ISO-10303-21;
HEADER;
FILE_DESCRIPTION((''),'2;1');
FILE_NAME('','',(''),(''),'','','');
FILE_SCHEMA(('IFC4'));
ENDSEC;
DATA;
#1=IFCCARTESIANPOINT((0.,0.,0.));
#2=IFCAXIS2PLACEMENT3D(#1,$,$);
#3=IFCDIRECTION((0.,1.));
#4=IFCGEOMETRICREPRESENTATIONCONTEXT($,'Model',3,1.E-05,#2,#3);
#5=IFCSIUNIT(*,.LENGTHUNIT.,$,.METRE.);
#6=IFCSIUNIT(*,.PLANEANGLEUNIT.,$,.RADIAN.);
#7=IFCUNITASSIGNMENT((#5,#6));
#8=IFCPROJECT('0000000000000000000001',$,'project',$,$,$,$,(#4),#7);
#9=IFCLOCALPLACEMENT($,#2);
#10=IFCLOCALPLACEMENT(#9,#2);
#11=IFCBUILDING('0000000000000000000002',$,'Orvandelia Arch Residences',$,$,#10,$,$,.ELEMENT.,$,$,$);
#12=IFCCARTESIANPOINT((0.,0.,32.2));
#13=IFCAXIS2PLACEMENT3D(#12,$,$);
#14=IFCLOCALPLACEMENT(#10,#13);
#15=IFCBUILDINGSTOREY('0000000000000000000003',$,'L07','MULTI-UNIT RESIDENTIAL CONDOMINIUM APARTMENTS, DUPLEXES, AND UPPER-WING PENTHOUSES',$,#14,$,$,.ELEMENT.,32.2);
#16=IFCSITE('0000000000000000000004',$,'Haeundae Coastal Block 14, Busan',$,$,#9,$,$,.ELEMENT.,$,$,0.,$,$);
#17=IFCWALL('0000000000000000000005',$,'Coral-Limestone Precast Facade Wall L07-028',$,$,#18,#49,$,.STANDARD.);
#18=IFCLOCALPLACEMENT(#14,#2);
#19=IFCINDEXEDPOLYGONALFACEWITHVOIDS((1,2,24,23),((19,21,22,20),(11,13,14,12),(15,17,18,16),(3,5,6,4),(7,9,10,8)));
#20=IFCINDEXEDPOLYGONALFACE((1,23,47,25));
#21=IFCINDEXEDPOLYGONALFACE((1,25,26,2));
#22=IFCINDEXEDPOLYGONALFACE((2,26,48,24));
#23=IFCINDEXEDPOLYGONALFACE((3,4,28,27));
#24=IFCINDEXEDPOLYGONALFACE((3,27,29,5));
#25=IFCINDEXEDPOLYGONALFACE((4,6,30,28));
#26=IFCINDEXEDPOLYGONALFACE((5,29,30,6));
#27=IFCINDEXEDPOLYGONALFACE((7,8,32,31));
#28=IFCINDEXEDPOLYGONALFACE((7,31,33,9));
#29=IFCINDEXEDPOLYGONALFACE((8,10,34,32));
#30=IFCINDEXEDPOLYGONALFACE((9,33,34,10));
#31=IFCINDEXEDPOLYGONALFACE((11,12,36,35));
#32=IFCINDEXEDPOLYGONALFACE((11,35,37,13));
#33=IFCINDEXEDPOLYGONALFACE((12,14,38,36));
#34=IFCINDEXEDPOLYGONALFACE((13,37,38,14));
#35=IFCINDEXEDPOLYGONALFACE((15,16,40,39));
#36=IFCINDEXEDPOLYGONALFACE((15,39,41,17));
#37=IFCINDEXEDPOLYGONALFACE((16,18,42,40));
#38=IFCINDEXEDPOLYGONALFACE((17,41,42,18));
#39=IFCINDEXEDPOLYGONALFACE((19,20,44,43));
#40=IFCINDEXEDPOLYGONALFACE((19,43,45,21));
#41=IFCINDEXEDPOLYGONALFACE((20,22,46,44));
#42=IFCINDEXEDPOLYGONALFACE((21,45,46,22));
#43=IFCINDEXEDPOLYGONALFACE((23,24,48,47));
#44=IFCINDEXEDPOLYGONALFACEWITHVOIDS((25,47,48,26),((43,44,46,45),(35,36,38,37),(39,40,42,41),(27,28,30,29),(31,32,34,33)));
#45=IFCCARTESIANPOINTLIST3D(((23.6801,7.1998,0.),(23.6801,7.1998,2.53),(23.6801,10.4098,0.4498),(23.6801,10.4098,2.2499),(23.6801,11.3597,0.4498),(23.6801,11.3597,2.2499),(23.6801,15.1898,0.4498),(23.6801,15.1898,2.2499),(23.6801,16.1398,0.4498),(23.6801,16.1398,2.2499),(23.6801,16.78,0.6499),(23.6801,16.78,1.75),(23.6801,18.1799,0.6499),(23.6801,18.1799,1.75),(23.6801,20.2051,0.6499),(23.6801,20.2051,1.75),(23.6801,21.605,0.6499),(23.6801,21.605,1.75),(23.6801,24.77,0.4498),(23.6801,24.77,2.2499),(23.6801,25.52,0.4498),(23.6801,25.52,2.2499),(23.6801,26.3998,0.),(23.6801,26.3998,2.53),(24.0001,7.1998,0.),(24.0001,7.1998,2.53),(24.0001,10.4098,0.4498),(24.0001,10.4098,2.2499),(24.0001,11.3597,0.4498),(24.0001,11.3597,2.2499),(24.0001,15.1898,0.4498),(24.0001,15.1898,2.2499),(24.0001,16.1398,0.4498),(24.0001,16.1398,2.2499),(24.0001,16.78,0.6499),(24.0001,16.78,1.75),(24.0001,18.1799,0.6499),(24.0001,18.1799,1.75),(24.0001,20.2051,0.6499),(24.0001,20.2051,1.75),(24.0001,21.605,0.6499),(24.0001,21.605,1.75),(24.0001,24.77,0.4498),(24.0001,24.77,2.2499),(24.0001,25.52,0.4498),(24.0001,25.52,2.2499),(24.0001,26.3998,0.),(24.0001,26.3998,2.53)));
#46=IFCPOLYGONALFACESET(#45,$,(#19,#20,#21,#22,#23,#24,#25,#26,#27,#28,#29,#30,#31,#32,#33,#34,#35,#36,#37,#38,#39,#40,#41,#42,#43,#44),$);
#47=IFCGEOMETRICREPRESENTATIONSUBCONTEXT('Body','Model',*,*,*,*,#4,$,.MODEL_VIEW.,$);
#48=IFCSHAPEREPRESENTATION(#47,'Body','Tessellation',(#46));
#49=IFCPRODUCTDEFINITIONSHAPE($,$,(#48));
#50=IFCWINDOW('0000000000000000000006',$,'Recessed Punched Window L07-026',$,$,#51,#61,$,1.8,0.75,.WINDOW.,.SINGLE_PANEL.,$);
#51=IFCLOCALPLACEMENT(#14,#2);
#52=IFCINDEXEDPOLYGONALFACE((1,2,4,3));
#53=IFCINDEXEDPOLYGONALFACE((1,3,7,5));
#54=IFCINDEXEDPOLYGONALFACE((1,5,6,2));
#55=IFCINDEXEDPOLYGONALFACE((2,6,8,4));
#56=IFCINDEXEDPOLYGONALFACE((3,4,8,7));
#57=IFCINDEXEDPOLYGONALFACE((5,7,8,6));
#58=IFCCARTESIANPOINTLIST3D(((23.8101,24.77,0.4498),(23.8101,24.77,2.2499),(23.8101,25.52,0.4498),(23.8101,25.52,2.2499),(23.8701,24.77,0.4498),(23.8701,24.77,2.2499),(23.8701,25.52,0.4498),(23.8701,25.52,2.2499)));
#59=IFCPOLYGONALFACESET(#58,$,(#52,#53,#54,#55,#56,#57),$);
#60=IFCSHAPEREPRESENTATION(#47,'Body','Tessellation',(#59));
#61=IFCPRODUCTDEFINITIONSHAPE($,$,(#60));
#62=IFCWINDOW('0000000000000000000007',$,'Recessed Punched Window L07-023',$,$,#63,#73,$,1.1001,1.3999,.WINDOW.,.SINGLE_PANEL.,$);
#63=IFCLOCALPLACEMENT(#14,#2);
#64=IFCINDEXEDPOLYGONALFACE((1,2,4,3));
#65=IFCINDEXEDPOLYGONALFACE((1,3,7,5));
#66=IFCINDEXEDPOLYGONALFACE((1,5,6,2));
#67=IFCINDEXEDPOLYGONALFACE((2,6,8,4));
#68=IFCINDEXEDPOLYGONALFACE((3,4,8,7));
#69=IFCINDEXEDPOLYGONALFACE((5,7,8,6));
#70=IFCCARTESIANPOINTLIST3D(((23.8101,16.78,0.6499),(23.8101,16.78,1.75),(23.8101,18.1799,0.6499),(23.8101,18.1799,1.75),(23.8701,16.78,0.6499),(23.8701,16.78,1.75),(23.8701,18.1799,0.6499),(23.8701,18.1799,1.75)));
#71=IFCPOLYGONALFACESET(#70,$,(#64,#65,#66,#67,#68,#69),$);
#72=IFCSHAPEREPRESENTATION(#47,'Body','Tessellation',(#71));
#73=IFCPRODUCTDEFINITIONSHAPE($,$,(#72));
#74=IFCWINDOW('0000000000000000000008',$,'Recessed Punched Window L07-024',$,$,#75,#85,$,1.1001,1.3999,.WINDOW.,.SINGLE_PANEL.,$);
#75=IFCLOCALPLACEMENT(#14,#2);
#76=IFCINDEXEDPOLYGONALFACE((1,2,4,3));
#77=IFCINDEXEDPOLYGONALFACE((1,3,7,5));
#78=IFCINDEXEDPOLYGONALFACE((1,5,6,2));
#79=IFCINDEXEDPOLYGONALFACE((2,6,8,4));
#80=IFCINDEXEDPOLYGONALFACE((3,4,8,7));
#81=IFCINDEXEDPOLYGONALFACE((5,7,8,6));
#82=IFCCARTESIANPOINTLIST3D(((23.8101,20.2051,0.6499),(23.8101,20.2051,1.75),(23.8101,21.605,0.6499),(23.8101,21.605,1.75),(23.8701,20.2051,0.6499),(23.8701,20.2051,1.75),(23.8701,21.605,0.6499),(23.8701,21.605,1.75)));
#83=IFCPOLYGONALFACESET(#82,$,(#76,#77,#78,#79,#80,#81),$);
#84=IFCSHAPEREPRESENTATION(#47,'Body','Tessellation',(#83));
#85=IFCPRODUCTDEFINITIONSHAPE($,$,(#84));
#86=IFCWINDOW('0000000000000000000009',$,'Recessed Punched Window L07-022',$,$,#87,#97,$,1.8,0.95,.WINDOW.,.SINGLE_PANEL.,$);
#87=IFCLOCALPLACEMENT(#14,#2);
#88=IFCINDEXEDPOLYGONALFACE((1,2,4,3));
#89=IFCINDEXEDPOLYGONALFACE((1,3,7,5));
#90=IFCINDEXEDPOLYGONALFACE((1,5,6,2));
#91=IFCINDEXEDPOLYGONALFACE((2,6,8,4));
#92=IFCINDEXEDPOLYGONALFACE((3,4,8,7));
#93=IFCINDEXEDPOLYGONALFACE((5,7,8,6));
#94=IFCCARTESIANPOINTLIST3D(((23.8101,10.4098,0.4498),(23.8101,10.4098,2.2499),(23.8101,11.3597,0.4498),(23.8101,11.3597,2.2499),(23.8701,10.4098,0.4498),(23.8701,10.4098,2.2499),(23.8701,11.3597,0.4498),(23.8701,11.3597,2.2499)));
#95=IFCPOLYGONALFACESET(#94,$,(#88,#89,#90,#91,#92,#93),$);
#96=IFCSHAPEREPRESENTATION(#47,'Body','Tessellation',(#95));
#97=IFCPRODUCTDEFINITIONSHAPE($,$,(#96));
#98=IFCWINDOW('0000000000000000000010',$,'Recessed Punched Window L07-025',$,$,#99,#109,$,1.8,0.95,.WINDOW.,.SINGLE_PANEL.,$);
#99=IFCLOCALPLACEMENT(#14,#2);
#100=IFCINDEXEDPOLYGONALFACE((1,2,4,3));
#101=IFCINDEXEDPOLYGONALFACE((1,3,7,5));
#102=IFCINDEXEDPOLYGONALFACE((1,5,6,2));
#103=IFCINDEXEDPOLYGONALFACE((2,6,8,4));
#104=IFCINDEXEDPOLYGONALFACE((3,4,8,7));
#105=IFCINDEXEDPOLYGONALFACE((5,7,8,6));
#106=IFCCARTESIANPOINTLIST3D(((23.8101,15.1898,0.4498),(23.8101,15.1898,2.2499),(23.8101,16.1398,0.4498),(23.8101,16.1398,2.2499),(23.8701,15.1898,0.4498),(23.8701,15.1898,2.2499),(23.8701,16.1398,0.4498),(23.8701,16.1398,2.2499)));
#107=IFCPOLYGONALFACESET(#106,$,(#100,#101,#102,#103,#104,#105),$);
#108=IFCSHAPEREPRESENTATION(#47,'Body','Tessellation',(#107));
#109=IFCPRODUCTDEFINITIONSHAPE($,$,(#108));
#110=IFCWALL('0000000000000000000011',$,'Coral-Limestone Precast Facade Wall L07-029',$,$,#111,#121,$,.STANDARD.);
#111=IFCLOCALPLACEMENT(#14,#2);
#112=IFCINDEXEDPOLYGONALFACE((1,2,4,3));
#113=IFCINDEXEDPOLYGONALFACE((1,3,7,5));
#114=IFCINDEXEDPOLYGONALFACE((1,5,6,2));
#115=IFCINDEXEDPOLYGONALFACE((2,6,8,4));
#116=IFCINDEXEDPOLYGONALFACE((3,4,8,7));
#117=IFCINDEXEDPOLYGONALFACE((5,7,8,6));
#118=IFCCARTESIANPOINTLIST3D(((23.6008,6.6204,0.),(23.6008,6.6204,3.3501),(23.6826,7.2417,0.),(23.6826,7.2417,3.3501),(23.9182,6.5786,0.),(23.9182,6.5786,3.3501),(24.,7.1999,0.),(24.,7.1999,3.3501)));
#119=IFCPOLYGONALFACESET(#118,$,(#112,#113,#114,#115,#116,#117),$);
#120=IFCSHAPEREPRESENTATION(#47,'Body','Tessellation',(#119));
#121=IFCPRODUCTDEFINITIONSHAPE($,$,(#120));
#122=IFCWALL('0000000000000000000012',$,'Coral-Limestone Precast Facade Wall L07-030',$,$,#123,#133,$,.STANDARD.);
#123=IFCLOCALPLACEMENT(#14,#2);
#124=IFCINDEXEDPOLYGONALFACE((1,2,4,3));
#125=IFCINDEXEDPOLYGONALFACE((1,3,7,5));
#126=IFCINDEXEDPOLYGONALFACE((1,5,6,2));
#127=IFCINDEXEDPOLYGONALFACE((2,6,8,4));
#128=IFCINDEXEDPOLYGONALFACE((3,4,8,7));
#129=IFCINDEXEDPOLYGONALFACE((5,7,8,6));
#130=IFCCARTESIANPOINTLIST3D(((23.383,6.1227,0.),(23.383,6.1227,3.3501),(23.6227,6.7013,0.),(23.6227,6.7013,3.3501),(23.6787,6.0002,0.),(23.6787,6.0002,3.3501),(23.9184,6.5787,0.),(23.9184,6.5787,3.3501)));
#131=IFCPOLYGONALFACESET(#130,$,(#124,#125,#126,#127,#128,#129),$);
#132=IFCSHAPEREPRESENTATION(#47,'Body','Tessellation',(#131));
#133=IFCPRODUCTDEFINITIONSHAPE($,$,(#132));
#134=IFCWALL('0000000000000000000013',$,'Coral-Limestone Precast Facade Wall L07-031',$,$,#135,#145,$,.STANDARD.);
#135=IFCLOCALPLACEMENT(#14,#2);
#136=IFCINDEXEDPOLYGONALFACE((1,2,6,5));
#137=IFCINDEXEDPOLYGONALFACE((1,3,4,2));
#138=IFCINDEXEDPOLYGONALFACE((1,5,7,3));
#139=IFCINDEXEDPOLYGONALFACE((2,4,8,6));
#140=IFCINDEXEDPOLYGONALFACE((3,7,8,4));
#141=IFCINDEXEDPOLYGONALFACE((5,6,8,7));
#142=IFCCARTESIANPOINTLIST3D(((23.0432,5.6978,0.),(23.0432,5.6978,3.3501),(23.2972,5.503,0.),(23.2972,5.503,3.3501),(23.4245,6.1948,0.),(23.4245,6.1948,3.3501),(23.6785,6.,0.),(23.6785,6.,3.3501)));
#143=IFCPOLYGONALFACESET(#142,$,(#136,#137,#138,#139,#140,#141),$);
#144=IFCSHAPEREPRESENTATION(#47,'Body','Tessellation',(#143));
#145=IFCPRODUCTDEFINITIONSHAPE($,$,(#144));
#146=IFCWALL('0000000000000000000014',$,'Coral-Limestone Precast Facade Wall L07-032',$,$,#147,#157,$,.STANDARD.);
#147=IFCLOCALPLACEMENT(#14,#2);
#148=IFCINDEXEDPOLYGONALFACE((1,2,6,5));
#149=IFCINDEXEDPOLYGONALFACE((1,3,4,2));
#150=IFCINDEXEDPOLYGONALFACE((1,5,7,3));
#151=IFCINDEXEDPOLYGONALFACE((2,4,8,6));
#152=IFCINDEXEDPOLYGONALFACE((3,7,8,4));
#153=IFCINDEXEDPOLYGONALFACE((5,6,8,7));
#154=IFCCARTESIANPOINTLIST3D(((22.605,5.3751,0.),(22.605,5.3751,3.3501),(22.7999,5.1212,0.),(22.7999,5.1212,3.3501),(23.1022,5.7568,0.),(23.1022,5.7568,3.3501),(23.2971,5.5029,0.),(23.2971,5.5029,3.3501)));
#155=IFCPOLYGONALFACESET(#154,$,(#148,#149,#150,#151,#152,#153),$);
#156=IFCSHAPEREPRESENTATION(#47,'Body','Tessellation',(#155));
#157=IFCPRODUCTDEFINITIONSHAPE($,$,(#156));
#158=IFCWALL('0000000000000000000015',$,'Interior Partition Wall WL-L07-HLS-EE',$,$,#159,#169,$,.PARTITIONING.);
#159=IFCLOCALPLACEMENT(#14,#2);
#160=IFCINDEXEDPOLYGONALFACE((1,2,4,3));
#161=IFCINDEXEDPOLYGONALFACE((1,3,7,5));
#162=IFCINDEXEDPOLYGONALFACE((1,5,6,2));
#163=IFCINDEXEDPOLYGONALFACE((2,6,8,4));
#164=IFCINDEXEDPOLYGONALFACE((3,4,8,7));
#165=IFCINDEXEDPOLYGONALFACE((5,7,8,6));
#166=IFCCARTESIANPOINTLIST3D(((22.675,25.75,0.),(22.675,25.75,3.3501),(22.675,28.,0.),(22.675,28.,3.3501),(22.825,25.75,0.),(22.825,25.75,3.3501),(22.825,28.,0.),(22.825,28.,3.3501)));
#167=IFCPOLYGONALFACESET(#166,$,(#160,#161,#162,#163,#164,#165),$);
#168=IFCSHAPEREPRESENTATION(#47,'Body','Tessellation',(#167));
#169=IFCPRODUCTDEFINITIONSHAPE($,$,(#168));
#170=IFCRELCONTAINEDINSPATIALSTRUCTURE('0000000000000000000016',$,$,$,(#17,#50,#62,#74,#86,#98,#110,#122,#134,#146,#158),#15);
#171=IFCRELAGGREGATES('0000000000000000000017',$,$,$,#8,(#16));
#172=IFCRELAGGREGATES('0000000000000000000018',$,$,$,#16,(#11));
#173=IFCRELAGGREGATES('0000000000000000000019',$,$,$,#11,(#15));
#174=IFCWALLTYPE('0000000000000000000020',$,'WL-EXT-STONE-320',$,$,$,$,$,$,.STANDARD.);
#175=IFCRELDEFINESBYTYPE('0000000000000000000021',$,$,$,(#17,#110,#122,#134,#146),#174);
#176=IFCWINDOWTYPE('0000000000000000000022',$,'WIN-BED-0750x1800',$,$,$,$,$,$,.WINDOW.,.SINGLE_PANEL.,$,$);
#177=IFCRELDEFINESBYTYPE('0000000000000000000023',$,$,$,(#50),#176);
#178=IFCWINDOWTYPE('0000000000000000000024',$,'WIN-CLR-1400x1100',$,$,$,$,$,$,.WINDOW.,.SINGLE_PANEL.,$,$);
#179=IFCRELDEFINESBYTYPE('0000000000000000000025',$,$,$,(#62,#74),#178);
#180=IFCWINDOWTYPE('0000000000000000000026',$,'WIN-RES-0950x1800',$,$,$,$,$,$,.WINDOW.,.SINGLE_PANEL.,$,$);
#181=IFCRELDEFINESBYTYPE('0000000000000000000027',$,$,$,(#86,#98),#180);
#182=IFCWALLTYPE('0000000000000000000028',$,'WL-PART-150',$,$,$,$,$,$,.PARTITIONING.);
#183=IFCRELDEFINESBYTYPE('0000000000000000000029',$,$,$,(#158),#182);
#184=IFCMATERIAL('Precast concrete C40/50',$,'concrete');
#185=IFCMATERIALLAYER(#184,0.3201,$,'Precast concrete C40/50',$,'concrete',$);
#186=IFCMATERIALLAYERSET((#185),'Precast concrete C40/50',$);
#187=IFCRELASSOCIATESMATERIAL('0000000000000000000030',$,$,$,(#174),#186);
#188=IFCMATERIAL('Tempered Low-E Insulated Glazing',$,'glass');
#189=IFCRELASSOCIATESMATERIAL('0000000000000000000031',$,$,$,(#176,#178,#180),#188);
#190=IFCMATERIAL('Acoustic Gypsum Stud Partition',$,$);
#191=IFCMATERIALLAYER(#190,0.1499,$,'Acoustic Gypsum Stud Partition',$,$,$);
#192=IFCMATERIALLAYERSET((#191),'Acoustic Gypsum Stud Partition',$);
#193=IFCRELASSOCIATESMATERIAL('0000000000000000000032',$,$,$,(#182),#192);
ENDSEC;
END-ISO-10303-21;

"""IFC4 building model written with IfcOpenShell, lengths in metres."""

from ifc_helpers import new_model, si_unit, direction, frame, frame_2d, origin, place, context, subcontext, project, spatial, rectangle, extrude, material, layer, layer_set, type_object, element, fill, save


model = new_model("IFC4")

# Units and contexts
model_context = context("Model", 3, precision=1e-05, world=origin(), true_north=direction((0.0, 1.0)))
body_context = subcontext(model_context, "Body", "Model", "MODEL_VIEW")
ifc_project = project(units=[si_unit("LENGTHUNIT", "METRE"), si_unit("PLANEANGLEUNIT", "RADIAN")], contexts=[model_context])

# Site, building, storey
site_placement = place(None, origin())
site = spatial("IfcSite", under=ifc_project, at=site_placement, Name="Haeundae Coastal Block 14, Busan", CompositionType="ELEMENT", RefElevation=0.0)
building_placement = place(site_placement, origin())
building = spatial("IfcBuilding", under=site, at=building_placement, Name="Orvandelia Arch Residences", CompositionType="ELEMENT")
storey_placement = place(building_placement, frame((0.0, 0.0, 32.2)))
storey = spatial("IfcBuildingStorey", under=building, at=storey_placement, Name="L07", Description="MULTI-UNIT RESIDENTIAL CONDOMINIUM APARTMENTS, DUPLEXES, AND UPPER-WING PENTHOUSES", CompositionType="ELEMENT", Elevation=32.2)

# Shared definitions
ifc_material_1 = material(Name="Precast concrete C40/50", Category="concrete")
ifc_layer_1 = layer(ifc_material_1, 0.3201, Name="Precast concrete C40/50", Category="concrete")
ifc_layer_set_1 = layer_set([ifc_layer_1], Name="Precast concrete C40/50")
wall_type_1 = type_object("IfcWallType", Name="WL-EXT-STONE-320", PredefinedType="STANDARD", material=ifc_layer_set_1)

# Wall, openings, windows
wall_1_placement = place(storey_placement, frame((23.8401, 26.3999, 0.0), z_axis=(0.0, 0.0, 1.0), x_axis=(0.0, -1.0, 0.0)))
wall_1 = element("IfcWall", 1, at=wall_1_placement, inside=storey, type_object=wall_type_1, Name="Coral-Limestone Precast Facade Wall L07-028", PredefinedType="STANDARD", context=body_context, shape_type="SweptSolid", body=[
    extrude(rectangle(XDim=19.2, YDim=0.3201, at=frame_2d((9.6001, 0.0))), origin(), (0.0, 0.0, 1.0), 2.53),
])
opening_1_placement = place(wall_1_placement, frame((15.04, 0.0, 0.45)))
opening_1 = element("IfcOpeningElement", 2, at=opening_1_placement, cuts=wall_1, PredefinedType="OPENING", context=body_context, shape_type="SweptSolid", body=[
    extrude(rectangle(XDim=0.95, YDim=1.8, at=frame_2d((0.4751, 0.8999))), frame((0.0, 0.1699, 0.0), z_axis=(0.0, -1.0, 0.0), x_axis=(1.0, 0.0, 0.0)), (0.0, 0.0, 1.0), 0.3401),
])
opening_2_placement = place(wall_1_placement, frame((8.22, 0.0, 0.6499)))
opening_2 = element("IfcOpeningElement", 3, at=opening_2_placement, cuts=wall_1, PredefinedType="OPENING", context=body_context, shape_type="SweptSolid", body=[
    extrude(rectangle(XDim=1.3999, YDim=1.1001, at=frame_2d((0.7, 0.55))), frame((0.0, 0.1699, 0.0), z_axis=(0.0, -1.0, 0.0), x_axis=(1.0, 0.0, 0.0)), (0.0, 0.0, 1.0), 0.3401),
])
opening_3_placement = place(wall_1_placement, frame((4.7949, 0.0, 0.6499)))
opening_3 = element("IfcOpeningElement", 4, at=opening_3_placement, cuts=wall_1, PredefinedType="OPENING", context=body_context, shape_type="SweptSolid", body=[
    extrude(rectangle(XDim=1.3999, YDim=1.1001, at=frame_2d((0.7, 0.55))), frame((0.0, 0.1699, 0.0), z_axis=(0.0, -1.0, 0.0), x_axis=(1.0, 0.0, 0.0)), (0.0, 0.0, 1.0), 0.3401),
])
opening_4_placement = place(wall_1_placement, frame((10.26, 0.0, 0.45)))
opening_4 = element("IfcOpeningElement", 5, at=opening_4_placement, cuts=wall_1, PredefinedType="OPENING", context=body_context, shape_type="SweptSolid", body=[
    extrude(rectangle(XDim=0.95, YDim=1.8, at=frame_2d((0.4751, 0.8999))), frame((0.0, 0.1699, 0.0), z_axis=(0.0, -1.0, 0.0), x_axis=(1.0, 0.0, 0.0)), (0.0, 0.0, 1.0), 0.3401),
])
opening_5_placement = place(wall_1_placement, frame((0.8799, 0.0, 0.45)))
opening_5 = element("IfcOpeningElement", 6, at=opening_5_placement, cuts=wall_1, PredefinedType="OPENING", context=body_context, shape_type="SweptSolid", body=[
    extrude(rectangle(XDim=0.75, YDim=1.8, at=frame_2d((0.375, 0.8999))), frame((0.0, 0.1699, 0.0), z_axis=(0.0, -1.0, 0.0), x_axis=(1.0, 0.0, 0.0)), (0.0, 0.0, 1.0), 0.3401),
])
ifc_material_2 = material(Name="Tempered Low-E Insulated Glazing", Category="glass")
window_type_1 = type_object("IfcWindowType", Name="WIN-BED-0750x1800", PartitioningType="SINGLE_PANEL", PredefinedType="WINDOW", material=ifc_material_2)
window_1_placement = place(opening_5_placement, origin())
window_1 = element("IfcWindow", 7, at=window_1_placement, inside=storey, type_object=window_type_1, Name="Recessed Punched Window L07-026", OverallHeight=1.8, OverallWidth=0.75, PartitioningType="SINGLE_PANEL", PredefinedType="WINDOW", context=body_context, shape_type="SweptSolid", body=[
    extrude(rectangle(XDim=0.75, YDim=1.8, at=frame_2d((0.375, 0.8999))), frame((0.0, 0.03, 0.0), z_axis=(0.0, -1.0, 0.0), x_axis=(1.0, 0.0, 0.0)), (0.0, 0.0, 1.0), 0.0601),
])
fill(opening_5, window_1)
window_type_2 = type_object("IfcWindowType", Name="WIN-CLR-1400x1100", PartitioningType="SINGLE_PANEL", PredefinedType="WINDOW", material=ifc_material_2)
window_2_placement = place(opening_2_placement, origin())
window_2 = element("IfcWindow", 8, at=window_2_placement, inside=storey, type_object=window_type_2, Name="Recessed Punched Window L07-023", OverallHeight=1.1001, OverallWidth=1.3999, PartitioningType="SINGLE_PANEL", PredefinedType="WINDOW", context=body_context, shape_type="SweptSolid", body=[
    extrude(rectangle(XDim=1.3999, YDim=1.1001, at=frame_2d((0.7, 0.55))), frame((0.0, 0.03, 0.0), z_axis=(0.0, -1.0, 0.0), x_axis=(1.0, 0.0, 0.0)), (0.0, 0.0, 1.0), 0.0601),
])
fill(opening_2, window_2)
window_3_placement = place(opening_3_placement, origin())
window_3 = element("IfcWindow", 9, at=window_3_placement, inside=storey, type_object=window_type_2, Name="Recessed Punched Window L07-024", OverallHeight=1.1001, OverallWidth=1.3999, PartitioningType="SINGLE_PANEL", PredefinedType="WINDOW", context=body_context, shape_type="SweptSolid", body=[
    extrude(rectangle(XDim=1.3999, YDim=1.1001, at=frame_2d((0.7, 0.55))), frame((0.0, 0.03, 0.0), z_axis=(0.0, -1.0, 0.0), x_axis=(1.0, 0.0, 0.0)), (0.0, 0.0, 1.0), 0.0601),
])
fill(opening_3, window_3)
window_type_3 = type_object("IfcWindowType", Name="WIN-RES-0950x1800", PartitioningType="SINGLE_PANEL", PredefinedType="WINDOW", material=ifc_material_2)
window_4_placement = place(opening_1_placement, origin())
window_4 = element("IfcWindow", 10, at=window_4_placement, inside=storey, type_object=window_type_3, Name="Recessed Punched Window L07-022", OverallHeight=1.8, OverallWidth=0.95, PartitioningType="SINGLE_PANEL", PredefinedType="WINDOW", context=body_context, shape_type="SweptSolid", body=[
    extrude(rectangle(XDim=0.95, YDim=1.8, at=frame_2d((0.4751, 0.8999))), frame((0.0, 0.03, 0.0), z_axis=(0.0, -1.0, 0.0), x_axis=(1.0, 0.0, 0.0)), (0.0, 0.0, 1.0), 0.0601),
])
fill(opening_1, window_4)
window_5_placement = place(opening_4_placement, origin())
window_5 = element("IfcWindow", 11, at=window_5_placement, inside=storey, type_object=window_type_3, Name="Recessed Punched Window L07-025", OverallHeight=1.8, OverallWidth=0.95, PartitioningType="SINGLE_PANEL", PredefinedType="WINDOW", context=body_context, shape_type="SweptSolid", body=[
    extrude(rectangle(XDim=0.95, YDim=1.8, at=frame_2d((0.4751, 0.8999))), frame((0.0, 0.03, 0.0), z_axis=(0.0, -1.0, 0.0), x_axis=(1.0, 0.0, 0.0)), (0.0, 0.0, 1.0), 0.0601),
])
fill(opening_4, window_5)

# Walls
wall_2_placement = place(storey_placement, frame((23.8413, 7.2209, 0.0), z_axis=(0.0, 0.0, 1.0), x_axis=(-0.130505, -0.991448, 0.0)))
element("IfcWall", 12, at=wall_2_placement, inside=storey, type_object=wall_type_1, Name="Coral-Limestone Precast Facade Wall L07-029", PredefinedType="STANDARD", context=body_context, shape_type="SweptSolid", body=[
    extrude(rectangle(XDim=0.6267, YDim=0.3201, at=frame_2d((0.3135, 0.0))), origin(), (0.0, 0.0, 1.0), 3.3501),
])
wall_3_placement = place(storey_placement, frame((23.7705, 6.6399, 0.0), z_axis=(0.0, 0.0, 1.0), x_axis=(-0.382788, -0.923836, 0.0)))
element("IfcWall", 13, at=wall_3_placement, inside=storey, type_object=wall_type_1, Name="Coral-Limestone Precast Facade Wall L07-030", PredefinedType="STANDARD", context=body_context, shape_type="SweptSolid", body=[
    extrude(rectangle(XDim=0.6262, YDim=0.3201, at=frame_2d((0.313, 0.0))), origin(), (0.0, 0.0, 1.0), 3.3501),
])
wall_4_placement = place(storey_placement, frame((23.5515, 6.0974, 0.0), z_axis=(0.0, 0.0, 1.0), x_axis=(-0.608693, -0.793406, 0.0)))
element("IfcWall", 14, at=wall_4_placement, inside=storey, type_object=wall_type_1, Name="Coral-Limestone Precast Facade Wall L07-031", PredefinedType="STANDARD", context=body_context, shape_type="SweptSolid", body=[
    extrude(rectangle(XDim=0.6265, YDim=0.3201, at=frame_2d((0.3132, 0.0))), origin(), (0.0, 0.0, 1.0), 3.3501),
])
wall_5_placement = place(storey_placement, frame((23.1997, 5.6299, 0.0), z_axis=(0.0, 0.0, 1.0), x_axis=(-0.793217, -0.608939, 0.0)))
element("IfcWall", 15, at=wall_5_placement, inside=storey, type_object=wall_type_1, Name="Coral-Limestone Precast Facade Wall L07-032", PredefinedType="STANDARD", context=body_context, shape_type="SweptSolid", body=[
    extrude(rectangle(XDim=0.6267, YDim=0.3201, at=frame_2d((0.3135, 0.0))), origin(), (0.0, 0.0, 1.0), 3.3501),
])
ifc_material_3 = material(Name="Acoustic Gypsum Stud Partition")
ifc_layer_2 = layer(ifc_material_3, 0.1499, Name="Acoustic Gypsum Stud Partition")
ifc_layer_set_2 = layer_set([ifc_layer_2], Name="Acoustic Gypsum Stud Partition")
wall_type_2 = type_object("IfcWallType", Name="WL-PART-150", PredefinedType="PARTITIONING", material=ifc_layer_set_2)
wall_6_placement = place(storey_placement, frame((22.75, 25.75, 0.0), z_axis=(0.0, 0.0, 1.0), x_axis=(0.0, 1.0, 0.0)))
element("IfcWall", 16, at=wall_6_placement, inside=storey, type_object=wall_type_2, Name="Interior Partition Wall WL-L07-HLS-EE", PredefinedType="PARTITIONING", context=body_context, shape_type="SweptSolid", body=[
    extrude(rectangle(XDim=2.25, YDim=0.1499, at=frame_2d((1.125, 0.0))), origin(), (0.0, 0.0, 1.0), 3.3501),
])

save(model, "model.ifc")
